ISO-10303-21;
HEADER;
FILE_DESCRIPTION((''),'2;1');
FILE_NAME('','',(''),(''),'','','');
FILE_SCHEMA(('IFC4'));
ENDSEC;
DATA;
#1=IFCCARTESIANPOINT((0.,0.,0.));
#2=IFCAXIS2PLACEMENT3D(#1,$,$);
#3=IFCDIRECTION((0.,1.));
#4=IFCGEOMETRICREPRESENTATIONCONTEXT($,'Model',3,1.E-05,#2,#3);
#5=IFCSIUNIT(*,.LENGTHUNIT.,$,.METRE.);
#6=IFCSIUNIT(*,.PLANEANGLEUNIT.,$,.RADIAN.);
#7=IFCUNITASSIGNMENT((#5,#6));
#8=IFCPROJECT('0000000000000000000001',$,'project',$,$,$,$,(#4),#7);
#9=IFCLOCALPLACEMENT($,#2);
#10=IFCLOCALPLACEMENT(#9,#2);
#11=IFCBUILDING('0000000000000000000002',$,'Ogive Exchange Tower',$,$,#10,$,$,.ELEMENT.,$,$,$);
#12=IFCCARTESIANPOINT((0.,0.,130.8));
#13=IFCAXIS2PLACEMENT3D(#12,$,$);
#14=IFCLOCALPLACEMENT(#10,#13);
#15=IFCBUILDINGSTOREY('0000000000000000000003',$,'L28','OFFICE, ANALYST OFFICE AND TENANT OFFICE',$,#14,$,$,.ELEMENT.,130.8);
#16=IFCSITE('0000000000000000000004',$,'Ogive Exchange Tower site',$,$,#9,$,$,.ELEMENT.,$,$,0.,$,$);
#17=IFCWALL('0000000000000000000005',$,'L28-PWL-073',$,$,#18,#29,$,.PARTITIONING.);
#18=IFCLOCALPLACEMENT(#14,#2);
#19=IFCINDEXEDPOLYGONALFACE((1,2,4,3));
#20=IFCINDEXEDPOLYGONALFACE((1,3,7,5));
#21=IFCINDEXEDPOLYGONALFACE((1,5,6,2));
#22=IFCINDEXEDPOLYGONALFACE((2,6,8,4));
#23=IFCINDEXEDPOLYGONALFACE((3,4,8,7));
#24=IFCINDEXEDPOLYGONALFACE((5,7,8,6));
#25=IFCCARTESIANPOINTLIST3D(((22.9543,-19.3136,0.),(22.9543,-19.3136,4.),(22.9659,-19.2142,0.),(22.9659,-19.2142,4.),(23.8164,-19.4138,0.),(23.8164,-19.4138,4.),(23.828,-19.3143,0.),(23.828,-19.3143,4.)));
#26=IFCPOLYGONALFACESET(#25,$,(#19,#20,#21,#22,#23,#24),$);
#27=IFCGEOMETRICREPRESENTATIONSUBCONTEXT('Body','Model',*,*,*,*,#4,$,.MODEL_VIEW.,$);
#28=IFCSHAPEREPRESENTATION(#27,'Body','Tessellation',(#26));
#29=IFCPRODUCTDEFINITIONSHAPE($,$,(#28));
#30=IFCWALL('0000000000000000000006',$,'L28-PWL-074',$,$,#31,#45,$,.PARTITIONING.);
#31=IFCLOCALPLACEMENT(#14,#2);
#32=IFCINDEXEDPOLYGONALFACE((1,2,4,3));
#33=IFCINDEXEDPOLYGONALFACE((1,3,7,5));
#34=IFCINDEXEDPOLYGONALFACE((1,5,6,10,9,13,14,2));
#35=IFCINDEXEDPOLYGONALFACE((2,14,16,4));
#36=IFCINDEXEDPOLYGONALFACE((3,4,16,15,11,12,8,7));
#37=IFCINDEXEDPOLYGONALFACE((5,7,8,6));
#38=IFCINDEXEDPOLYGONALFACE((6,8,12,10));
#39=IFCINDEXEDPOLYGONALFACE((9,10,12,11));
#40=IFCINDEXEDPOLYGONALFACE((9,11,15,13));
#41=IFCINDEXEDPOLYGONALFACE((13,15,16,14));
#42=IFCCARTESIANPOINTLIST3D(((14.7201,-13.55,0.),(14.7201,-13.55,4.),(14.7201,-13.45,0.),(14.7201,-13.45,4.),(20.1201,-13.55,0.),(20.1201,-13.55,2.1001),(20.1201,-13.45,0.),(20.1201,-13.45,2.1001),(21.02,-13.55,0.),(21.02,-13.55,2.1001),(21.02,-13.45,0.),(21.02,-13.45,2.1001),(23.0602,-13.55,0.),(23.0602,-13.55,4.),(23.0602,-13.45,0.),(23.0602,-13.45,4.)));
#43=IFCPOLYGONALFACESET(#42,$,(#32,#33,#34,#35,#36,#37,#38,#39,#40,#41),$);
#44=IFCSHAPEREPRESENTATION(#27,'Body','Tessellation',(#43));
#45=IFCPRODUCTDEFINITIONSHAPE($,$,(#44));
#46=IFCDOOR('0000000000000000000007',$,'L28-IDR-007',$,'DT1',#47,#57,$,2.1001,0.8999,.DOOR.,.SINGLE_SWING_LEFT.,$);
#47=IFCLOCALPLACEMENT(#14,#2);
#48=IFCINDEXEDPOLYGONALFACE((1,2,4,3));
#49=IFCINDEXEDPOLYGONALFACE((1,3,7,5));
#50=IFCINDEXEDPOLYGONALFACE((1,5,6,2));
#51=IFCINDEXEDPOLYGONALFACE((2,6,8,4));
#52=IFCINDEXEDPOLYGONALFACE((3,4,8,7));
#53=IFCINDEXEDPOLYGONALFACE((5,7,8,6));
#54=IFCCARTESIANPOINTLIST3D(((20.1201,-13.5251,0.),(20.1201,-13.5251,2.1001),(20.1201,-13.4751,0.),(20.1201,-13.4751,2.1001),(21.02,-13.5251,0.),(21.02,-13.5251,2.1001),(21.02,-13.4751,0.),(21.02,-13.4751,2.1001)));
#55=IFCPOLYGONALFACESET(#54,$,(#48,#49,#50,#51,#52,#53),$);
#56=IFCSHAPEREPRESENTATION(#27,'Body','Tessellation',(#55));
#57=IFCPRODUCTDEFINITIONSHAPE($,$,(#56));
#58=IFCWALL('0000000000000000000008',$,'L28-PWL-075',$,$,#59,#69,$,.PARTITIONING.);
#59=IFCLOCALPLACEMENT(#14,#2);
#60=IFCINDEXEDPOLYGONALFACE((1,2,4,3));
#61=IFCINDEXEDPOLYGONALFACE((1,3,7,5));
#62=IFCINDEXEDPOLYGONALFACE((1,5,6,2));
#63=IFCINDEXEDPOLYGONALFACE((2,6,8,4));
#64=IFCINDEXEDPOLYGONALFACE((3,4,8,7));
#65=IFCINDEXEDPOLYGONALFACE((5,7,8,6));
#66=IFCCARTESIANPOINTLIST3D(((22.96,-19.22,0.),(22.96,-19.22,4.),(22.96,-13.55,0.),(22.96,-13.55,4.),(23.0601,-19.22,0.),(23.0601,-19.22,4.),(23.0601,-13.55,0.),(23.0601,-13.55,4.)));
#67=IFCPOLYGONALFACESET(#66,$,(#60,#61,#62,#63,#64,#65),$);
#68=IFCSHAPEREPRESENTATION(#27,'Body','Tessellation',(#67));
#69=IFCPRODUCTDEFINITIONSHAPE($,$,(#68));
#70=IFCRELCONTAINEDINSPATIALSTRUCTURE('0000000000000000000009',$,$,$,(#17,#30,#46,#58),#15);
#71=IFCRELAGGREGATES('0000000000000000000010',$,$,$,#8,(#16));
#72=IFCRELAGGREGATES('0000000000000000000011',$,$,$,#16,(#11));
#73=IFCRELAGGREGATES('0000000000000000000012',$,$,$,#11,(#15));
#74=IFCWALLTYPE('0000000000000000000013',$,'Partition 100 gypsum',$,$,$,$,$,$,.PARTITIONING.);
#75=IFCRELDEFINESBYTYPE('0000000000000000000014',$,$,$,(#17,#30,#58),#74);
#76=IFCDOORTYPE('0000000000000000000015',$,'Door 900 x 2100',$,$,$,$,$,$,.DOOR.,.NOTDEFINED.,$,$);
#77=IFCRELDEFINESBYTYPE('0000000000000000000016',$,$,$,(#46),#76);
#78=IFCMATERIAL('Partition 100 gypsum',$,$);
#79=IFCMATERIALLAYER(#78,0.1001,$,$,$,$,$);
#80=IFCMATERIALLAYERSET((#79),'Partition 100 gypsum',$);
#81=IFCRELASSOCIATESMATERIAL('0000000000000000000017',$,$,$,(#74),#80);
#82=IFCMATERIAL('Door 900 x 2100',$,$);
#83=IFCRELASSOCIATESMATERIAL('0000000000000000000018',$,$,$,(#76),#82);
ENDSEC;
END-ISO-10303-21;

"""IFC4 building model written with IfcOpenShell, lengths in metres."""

from ifc_helpers import new_model, si_unit, direction, frame, frame_2d, origin, place, context, subcontext, project, spatial, rectangle, extrude, material, layer, layer_set, type_object, element, fill, save


model = new_model("IFC4")

# Units and contexts
model_context = context("Model", 3, precision=1e-05, world=origin(), true_north=direction((0.0, 1.0)))
body_context = subcontext(model_context, "Body", "Model", "MODEL_VIEW")
ifc_project = project(units=[si_unit("LENGTHUNIT", "METRE"), si_unit("PLANEANGLEUNIT", "RADIAN")], contexts=[model_context])

# Site, building, storey
site_placement = place(None, origin())
site = spatial("IfcSite", under=ifc_project, at=site_placement, Name="Ogive Exchange Tower site", CompositionType="ELEMENT", RefElevation=0.0)
building_placement = place(site_placement, origin())
building = spatial("IfcBuilding", under=site, at=building_placement, Name="Ogive Exchange Tower", CompositionType="ELEMENT")
storey_placement = place(building_placement, frame((0.0, 0.0, 130.8)))
storey = spatial("IfcBuildingStorey", under=building, at=storey_placement, Name="L28", Description="OFFICE, ANALYST OFFICE AND TENANT OFFICE", CompositionType="ELEMENT", Elevation=130.8)

# Wall
ifc_material_1 = material(Name="Partition 100 gypsum")
ifc_layer_1 = layer(ifc_material_1, 0.1001)
ifc_layer_set_1 = layer_set([ifc_layer_1], Name="Partition 100 gypsum")
wall_type_1 = type_object("IfcWallType", Name="Partition 100 gypsum", PredefinedType="PARTITIONING", material=ifc_layer_set_1)
wall_1_placement = place(storey_placement, frame((22.96, -19.2639, 0.0), z_axis=(0.0, 0.0, 1.0), x_axis=(0.993326, -0.115339, 0.0)))
element("IfcWall", 1, at=wall_1_placement, inside=storey, type_object=wall_type_1, Name="L28-PWL-073", PredefinedType="PARTITIONING", context=body_context, shape_type="SweptSolid", body=[
    extrude(rectangle(XDim=0.8679, YDim=0.1001, at=frame_2d((0.4341, 0.0))), origin(), (0.0, 0.0, 1.0), 4.0),
])

# Wall, opening, door
wall_2_placement = place(storey_placement, frame((23.0601, -13.5, 0.0), z_axis=(0.0, 0.0, 1.0), x_axis=(-1.0, 0.0, 0.0)))
wall_2 = element("IfcWall", 2, at=wall_2_placement, inside=storey, type_object=wall_type_1, Name="L28-PWL-074", PredefinedType="PARTITIONING", context=body_context, shape_type="SweptSolid", body=[
    extrude(rectangle(XDim=8.3401, YDim=0.1001, at=frame_2d((4.1699, 0.0))), origin(), (0.0, 0.0, 1.0), 4.0),
])
opening_1_placement = place(wall_2_placement, frame((2.04, 0.0, 0.0)))
opening_1 = element("IfcOpeningElement", 3, at=opening_1_placement, cuts=wall_2, PredefinedType="OPENING", context=body_context, shape_type="SweptSolid", body=[
    extrude(rectangle(XDim=0.8999, YDim=2.1001, at=frame_2d((0.45, 1.05))), frame((0.0, 0.0601, 0.0), z_axis=(0.0, -1.0, 0.0), x_axis=(1.0, 0.0, 0.0)), (0.0, 0.0, 1.0), 0.1201),
])
ifc_material_2 = material(Name="Door 900 x 2100")
door_type_1 = type_object("IfcDoorType", Name="Door 900 x 2100", OperationType="NOTDEFINED", PredefinedType="DOOR", material=ifc_material_2)
door_1_placement = place(opening_1_placement, frame((0.8999, 0.0, 0.0), z_axis=(0.0, 0.0, 1.0), x_axis=(-1.0, 0.0, 0.0)))
door_1 = element("IfcDoor", 4, at=door_1_placement, inside=storey, type_object=door_type_1, Name="L28-IDR-007", ObjectType="DT1", OperationType="SINGLE_SWING_LEFT", OverallHeight=2.1001, OverallWidth=0.8999, PredefinedType="DOOR", context=body_context, shape_type="SweptSolid", body=[
    extrude(rectangle(XDim=0.8999, YDim=2.1001, at=frame_2d((0.45, 1.05))), frame((0.0, 0.0249, 0.0), z_axis=(0.0, -1.0, 0.0), x_axis=(1.0, 0.0, 0.0)), (0.0, 0.0, 1.0), 0.05),
])
fill(opening_1, door_1)

# Wall
wall_3_placement = place(storey_placement, frame((23.01, -13.55, 0.0), z_axis=(0.0, 0.0, 1.0), x_axis=(0.0, -1.0, 0.0)))
element("IfcWall", 5, at=wall_3_placement, inside=storey, type_object=wall_type_1, Name="L28-PWL-075", PredefinedType="PARTITIONING", context=body_context, shape_type="SweptSolid", body=[
    extrude(rectangle(XDim=5.6699, YDim=0.1001, at=frame_2d((2.835, 0.0))), origin(), (0.0, 0.0, 1.0), 4.0),
])

save(model, "model.ifc")
